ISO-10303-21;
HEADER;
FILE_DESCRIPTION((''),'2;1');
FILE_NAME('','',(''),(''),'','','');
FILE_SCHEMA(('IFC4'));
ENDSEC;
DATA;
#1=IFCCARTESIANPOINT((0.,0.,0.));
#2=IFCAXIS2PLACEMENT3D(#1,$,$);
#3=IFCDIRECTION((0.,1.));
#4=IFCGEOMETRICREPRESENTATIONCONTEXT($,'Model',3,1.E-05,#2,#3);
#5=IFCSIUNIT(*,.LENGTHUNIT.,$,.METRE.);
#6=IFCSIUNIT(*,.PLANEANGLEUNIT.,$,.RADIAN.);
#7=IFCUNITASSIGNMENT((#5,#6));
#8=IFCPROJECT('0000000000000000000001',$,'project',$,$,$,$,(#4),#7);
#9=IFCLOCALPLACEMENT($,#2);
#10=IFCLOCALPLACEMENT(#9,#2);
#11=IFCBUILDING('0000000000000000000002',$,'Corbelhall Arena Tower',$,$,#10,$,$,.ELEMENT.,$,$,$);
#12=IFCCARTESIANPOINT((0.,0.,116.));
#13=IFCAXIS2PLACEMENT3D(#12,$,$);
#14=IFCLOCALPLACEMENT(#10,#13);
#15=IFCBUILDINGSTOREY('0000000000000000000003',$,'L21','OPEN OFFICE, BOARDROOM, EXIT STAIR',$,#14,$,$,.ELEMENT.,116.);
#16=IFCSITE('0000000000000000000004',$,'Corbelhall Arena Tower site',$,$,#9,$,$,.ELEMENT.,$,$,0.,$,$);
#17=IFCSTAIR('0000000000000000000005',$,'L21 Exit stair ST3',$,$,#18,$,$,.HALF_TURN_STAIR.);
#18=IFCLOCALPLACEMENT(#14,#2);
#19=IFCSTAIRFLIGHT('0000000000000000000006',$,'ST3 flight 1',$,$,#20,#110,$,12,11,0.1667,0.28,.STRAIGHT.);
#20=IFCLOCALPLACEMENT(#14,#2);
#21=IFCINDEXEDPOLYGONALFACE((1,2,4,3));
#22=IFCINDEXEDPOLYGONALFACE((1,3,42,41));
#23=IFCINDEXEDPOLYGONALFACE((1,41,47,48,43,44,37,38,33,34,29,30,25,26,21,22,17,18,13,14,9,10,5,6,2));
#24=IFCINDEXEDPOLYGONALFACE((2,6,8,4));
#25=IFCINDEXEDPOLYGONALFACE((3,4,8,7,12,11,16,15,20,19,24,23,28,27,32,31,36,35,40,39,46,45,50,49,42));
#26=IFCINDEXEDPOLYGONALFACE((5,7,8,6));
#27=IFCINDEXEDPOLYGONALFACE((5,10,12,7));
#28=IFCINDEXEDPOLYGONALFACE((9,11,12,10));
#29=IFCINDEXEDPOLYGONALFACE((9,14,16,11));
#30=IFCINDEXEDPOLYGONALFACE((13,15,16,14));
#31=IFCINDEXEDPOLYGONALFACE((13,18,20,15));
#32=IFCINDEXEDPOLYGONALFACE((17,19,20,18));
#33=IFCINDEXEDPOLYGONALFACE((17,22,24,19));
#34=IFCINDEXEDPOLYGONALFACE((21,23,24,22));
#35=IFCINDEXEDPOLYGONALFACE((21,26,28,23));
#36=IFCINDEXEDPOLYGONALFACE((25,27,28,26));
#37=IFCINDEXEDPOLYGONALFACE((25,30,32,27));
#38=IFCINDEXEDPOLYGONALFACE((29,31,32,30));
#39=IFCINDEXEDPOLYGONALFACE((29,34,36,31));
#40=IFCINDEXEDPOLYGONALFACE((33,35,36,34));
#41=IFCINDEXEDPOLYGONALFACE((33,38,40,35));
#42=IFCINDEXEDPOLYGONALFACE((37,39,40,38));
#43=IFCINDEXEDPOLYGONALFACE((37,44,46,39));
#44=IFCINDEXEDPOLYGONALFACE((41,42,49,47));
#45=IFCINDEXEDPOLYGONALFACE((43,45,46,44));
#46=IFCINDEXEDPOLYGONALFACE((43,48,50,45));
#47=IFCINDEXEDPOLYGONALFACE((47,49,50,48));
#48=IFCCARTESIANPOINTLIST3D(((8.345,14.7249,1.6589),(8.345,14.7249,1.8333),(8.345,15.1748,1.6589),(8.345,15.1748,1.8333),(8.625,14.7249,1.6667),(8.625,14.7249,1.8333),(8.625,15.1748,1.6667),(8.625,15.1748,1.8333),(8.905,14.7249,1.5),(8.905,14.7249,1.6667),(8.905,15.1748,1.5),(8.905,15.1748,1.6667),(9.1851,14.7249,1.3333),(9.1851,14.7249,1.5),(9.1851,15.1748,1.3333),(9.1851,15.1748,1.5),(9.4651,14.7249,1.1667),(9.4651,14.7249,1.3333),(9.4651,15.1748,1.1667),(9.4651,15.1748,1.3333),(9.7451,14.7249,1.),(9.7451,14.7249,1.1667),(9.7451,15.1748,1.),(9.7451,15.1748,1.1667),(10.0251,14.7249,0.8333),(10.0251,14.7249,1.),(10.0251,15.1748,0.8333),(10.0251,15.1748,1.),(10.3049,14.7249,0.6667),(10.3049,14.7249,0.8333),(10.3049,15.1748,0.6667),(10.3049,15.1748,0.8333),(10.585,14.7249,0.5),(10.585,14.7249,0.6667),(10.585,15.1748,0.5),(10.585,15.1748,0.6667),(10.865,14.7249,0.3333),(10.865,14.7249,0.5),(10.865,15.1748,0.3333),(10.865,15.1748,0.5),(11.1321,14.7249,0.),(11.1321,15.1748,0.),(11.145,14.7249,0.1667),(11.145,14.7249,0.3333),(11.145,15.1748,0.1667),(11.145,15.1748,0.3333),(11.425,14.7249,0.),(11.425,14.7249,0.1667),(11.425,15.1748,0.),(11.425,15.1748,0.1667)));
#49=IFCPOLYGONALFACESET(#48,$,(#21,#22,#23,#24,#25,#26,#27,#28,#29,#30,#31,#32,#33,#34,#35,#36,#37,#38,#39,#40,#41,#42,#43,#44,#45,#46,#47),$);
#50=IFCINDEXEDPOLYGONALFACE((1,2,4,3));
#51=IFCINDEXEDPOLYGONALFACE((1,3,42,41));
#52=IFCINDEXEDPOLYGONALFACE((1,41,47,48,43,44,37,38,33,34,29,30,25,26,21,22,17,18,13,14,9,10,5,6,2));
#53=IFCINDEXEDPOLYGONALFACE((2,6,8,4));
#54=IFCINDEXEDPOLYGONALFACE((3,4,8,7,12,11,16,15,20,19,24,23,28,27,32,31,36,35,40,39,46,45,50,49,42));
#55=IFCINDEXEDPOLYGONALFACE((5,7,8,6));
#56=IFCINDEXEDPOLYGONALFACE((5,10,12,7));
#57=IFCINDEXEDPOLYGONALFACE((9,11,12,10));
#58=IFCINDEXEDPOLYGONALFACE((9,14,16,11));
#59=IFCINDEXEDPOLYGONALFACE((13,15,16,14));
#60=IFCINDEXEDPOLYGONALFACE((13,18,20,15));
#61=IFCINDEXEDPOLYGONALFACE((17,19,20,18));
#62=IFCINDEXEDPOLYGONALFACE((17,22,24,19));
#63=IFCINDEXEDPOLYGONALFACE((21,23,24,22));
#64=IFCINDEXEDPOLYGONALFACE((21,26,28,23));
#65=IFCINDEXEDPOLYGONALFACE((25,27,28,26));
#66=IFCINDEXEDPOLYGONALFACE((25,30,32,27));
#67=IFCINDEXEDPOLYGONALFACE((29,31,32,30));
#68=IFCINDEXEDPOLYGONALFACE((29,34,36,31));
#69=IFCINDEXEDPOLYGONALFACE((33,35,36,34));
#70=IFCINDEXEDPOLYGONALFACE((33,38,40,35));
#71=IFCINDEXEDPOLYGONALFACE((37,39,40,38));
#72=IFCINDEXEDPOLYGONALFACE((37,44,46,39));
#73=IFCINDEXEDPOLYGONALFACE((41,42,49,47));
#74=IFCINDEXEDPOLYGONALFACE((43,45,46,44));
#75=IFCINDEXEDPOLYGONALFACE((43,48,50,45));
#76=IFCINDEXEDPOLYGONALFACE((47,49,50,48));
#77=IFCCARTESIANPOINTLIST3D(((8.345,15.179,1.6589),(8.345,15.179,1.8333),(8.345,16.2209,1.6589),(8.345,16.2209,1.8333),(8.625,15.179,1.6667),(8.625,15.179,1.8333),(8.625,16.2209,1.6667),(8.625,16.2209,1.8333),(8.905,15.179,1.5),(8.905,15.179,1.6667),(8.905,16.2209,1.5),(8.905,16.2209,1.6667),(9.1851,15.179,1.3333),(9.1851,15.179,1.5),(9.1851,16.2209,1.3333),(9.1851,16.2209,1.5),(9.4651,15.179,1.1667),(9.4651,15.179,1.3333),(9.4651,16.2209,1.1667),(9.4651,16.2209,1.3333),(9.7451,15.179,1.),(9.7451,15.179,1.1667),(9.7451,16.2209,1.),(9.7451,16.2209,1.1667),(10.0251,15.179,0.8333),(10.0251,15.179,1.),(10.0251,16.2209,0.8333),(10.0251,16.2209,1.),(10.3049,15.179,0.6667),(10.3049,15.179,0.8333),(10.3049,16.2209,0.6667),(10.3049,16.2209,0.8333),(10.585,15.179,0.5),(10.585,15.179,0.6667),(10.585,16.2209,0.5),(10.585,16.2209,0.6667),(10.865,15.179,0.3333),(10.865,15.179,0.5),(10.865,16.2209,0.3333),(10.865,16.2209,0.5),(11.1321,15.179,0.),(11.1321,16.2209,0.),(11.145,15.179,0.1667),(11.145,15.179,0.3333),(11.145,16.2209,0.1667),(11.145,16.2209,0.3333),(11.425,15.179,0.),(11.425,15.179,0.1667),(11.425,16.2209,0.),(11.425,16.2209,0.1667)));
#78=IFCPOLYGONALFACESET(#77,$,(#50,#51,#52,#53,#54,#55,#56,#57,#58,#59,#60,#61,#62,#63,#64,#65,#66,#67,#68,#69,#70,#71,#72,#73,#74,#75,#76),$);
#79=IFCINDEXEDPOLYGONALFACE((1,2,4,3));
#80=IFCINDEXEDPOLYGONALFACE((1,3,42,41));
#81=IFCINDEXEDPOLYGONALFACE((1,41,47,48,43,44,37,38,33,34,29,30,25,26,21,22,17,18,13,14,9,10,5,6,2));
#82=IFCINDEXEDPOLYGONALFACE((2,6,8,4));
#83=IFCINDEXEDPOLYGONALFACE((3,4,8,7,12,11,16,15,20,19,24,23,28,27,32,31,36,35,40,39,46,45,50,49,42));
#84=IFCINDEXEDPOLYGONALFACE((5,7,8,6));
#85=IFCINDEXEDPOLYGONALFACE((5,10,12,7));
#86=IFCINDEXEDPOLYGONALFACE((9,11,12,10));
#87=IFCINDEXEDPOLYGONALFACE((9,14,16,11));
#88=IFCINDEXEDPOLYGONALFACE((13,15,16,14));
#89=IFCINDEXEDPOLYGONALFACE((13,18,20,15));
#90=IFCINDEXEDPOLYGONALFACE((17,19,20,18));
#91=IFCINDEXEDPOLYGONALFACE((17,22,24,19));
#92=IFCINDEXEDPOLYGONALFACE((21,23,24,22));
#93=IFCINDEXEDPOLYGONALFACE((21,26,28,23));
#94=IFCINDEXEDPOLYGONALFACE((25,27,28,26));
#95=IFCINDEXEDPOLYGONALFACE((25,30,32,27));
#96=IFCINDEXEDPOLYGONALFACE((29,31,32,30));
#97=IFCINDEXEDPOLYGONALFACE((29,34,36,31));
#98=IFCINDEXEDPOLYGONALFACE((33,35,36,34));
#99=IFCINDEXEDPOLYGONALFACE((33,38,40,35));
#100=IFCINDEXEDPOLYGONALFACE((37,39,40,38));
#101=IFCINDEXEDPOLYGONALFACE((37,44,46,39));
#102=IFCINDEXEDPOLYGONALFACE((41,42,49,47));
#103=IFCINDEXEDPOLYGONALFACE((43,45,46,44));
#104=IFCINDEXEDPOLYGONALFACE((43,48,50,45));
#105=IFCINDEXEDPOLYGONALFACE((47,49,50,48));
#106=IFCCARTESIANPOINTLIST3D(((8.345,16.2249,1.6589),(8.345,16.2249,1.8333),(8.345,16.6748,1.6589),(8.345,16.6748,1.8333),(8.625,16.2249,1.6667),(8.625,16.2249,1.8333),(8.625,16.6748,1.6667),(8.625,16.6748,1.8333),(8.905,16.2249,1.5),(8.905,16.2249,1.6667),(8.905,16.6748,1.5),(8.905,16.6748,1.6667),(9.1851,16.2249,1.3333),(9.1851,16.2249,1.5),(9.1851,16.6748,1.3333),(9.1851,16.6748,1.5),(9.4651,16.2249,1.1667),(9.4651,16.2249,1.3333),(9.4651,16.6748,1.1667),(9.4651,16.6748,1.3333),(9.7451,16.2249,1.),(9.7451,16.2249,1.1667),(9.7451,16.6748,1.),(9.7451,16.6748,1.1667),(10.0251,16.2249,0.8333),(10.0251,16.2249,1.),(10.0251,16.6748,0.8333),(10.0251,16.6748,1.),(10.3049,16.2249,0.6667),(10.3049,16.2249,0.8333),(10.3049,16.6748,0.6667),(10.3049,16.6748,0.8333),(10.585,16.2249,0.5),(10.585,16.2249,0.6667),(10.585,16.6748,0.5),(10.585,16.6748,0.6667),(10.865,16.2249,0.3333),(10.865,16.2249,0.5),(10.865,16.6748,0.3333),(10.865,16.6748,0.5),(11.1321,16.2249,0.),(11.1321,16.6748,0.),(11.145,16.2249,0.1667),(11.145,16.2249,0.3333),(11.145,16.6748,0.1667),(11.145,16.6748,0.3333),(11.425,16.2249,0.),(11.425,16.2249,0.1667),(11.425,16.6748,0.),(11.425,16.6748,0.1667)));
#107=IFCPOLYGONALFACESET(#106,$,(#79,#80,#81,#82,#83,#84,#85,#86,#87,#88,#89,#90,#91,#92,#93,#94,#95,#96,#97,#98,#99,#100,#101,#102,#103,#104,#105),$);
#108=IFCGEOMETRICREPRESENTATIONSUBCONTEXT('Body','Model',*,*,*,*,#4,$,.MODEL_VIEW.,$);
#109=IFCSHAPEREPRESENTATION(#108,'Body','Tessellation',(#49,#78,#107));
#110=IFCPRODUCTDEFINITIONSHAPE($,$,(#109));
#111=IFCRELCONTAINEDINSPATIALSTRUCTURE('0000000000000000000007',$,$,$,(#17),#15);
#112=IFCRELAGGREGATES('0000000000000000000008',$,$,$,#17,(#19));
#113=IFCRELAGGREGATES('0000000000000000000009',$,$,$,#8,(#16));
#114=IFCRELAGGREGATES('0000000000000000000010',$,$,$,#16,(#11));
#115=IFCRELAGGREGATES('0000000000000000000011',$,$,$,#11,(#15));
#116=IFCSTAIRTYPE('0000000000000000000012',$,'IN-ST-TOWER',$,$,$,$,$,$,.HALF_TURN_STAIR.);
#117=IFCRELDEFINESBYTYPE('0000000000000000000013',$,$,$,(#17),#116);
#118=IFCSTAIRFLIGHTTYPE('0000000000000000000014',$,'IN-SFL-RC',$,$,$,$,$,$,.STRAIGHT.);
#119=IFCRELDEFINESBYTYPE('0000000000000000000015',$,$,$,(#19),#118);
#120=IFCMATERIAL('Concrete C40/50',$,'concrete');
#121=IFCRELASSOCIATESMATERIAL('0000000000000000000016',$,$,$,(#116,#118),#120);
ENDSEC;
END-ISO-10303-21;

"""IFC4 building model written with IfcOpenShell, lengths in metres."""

from ifc_helpers import new_model, si_unit, direction, frame, origin, place, context, subcontext, project, spatial, polyline, outline, extrude, material, type_object, element, aggregate, save


model = new_model("IFC4")

# Units and contexts
model_context = context("Model", 3, precision=1e-05, world=origin(), true_north=direction((0.0, 1.0)))
body_context = subcontext(model_context, "Body", "Model", "MODEL_VIEW")
ifc_project = project(units=[si_unit("LENGTHUNIT", "METRE"), si_unit("PLANEANGLEUNIT", "RADIAN")], contexts=[model_context])

# Site, building, storey
site_placement = place(None, origin())
site = spatial("IfcSite", under=ifc_project, at=site_placement, Name="Corbelhall Arena Tower site", CompositionType="ELEMENT", RefElevation=0.0)
building_placement = place(site_placement, origin())
building = spatial("IfcBuilding", under=site, at=building_placement, Name="Corbelhall Arena Tower", CompositionType="ELEMENT")
storey_placement = place(building_placement, frame((0.0, 0.0, 116.0)))
storey = spatial("IfcBuildingStorey", under=building, at=storey_placement, Name="L21", Description="OPEN OFFICE, BOARDROOM, EXIT STAIR", CompositionType="ELEMENT", Elevation=116.0)

# Shared definitions
ifc_material_1 = material(Name="Concrete C40/50", Category="concrete")

# Stair, stair flight
stair_type = type_object("IfcStairType", Name="IN-ST-TOWER", PredefinedType="HALF_TURN_STAIR", material=ifc_material_1)
stair_placement = place(storey_placement, origin())
stair = element("IfcStair", 1, at=stair_placement, inside=storey, type_object=stair_type, Name="L21 Exit stair ST3", PredefinedType="HALF_TURN_STAIR")
stair_flight_type = type_object("IfcStairFlightType", Name="IN-SFL-RC", PredefinedType="STRAIGHT", material=ifc_material_1)
stair_flight_1_placement = place(storey_placement, frame((11.425, 15.7, 0.0), z_axis=(0.0, 0.0, 1.0), x_axis=(-1.0, 0.0, 0.0)))
stair_flight_1 = element("IfcStairFlight", 2, at=stair_flight_1_placement, type_object=stair_flight_type, Name="ST3 flight 1", NumberOfRisers=12, NumberOfTreads=11, PredefinedType="STRAIGHT", RiserHeight=0.1667, TreadLength=0.28, context=body_context, shape_type="SweptSolid", body=[
    extrude(outline(polyline([(0.0, 0.0), (0.0, 0.1667), (0.28, 0.1667), (0.28, 0.3333), (0.5601, 0.3333), (0.5601, 0.5), (0.8401, 0.5), (0.8401, 0.6667), (1.1201, 0.6667), (1.1201, 0.8333), (1.3999, 0.8333), (1.3999, 1.0), (1.6799, 1.0), (1.6799, 1.1667), (1.96, 1.1667), (1.96, 1.3333), (2.24, 1.3333), (2.24, 1.5), (2.52, 1.5), (2.52, 1.6667), (2.8, 1.6667), (2.8, 1.8333), (3.0801, 1.8333), (3.0801, 2.0), (3.0801, 1.6589), (0.293, 0.0), (0.0, 0.0)])), frame((0.0, 0.9751, 0.0), z_axis=(0.0, -1.0, 0.0), x_axis=(1.0, 0.0, 0.0)), (0.0, 0.0, 1.0), 0.45),
    extrude(outline(polyline([(0.0, 0.0), (0.0, 0.1667), (0.28, 0.1667), (0.28, 0.3333), (0.5601, 0.3333), (0.5601, 0.5), (0.8401, 0.5), (0.8401, 0.6667), (1.1201, 0.6667), (1.1201, 0.8333), (1.3999, 0.8333), (1.3999, 1.0), (1.6799, 1.0), (1.6799, 1.1667), (1.96, 1.1667), (1.96, 1.3333), (2.24, 1.3333), (2.24, 1.5), (2.52, 1.5), (2.52, 1.6667), (2.8, 1.6667), (2.8, 1.8333), (3.0801, 1.8333), (3.0801, 2.0), (3.0801, 1.6589), (0.293, 0.0), (0.0, 0.0)])), frame((0.0, 0.521, 0.0), z_axis=(0.0, -1.0, 0.0), x_axis=(1.0, 0.0, 0.0)), (0.0, 0.0, 1.0), 1.042),
    extrude(outline(polyline([(0.0, 0.0), (0.0, 0.1667), (0.28, 0.1667), (0.28, 0.3333), (0.5601, 0.3333), (0.5601, 0.5), (0.8401, 0.5), (0.8401, 0.6667), (1.1201, 0.6667), (1.1201, 0.8333), (1.3999, 0.8333), (1.3999, 1.0), (1.6799, 1.0), (1.6799, 1.1667), (1.96, 1.1667), (1.96, 1.3333), (2.24, 1.3333), (2.24, 1.5), (2.52, 1.5), (2.52, 1.6667), (2.8, 1.6667), (2.8, 1.8333), (3.0801, 1.8333), (3.0801, 2.0), (3.0801, 1.6589), (0.293, 0.0), (0.0, 0.0)])), frame((0.0, -0.5249, 0.0), z_axis=(0.0, -1.0, 0.0), x_axis=(1.0, 0.0, 0.0)), (0.0, 0.0, 1.0), 0.45),
])
aggregate(stair, [stair_flight_1])

save(model, "model.ifc")
